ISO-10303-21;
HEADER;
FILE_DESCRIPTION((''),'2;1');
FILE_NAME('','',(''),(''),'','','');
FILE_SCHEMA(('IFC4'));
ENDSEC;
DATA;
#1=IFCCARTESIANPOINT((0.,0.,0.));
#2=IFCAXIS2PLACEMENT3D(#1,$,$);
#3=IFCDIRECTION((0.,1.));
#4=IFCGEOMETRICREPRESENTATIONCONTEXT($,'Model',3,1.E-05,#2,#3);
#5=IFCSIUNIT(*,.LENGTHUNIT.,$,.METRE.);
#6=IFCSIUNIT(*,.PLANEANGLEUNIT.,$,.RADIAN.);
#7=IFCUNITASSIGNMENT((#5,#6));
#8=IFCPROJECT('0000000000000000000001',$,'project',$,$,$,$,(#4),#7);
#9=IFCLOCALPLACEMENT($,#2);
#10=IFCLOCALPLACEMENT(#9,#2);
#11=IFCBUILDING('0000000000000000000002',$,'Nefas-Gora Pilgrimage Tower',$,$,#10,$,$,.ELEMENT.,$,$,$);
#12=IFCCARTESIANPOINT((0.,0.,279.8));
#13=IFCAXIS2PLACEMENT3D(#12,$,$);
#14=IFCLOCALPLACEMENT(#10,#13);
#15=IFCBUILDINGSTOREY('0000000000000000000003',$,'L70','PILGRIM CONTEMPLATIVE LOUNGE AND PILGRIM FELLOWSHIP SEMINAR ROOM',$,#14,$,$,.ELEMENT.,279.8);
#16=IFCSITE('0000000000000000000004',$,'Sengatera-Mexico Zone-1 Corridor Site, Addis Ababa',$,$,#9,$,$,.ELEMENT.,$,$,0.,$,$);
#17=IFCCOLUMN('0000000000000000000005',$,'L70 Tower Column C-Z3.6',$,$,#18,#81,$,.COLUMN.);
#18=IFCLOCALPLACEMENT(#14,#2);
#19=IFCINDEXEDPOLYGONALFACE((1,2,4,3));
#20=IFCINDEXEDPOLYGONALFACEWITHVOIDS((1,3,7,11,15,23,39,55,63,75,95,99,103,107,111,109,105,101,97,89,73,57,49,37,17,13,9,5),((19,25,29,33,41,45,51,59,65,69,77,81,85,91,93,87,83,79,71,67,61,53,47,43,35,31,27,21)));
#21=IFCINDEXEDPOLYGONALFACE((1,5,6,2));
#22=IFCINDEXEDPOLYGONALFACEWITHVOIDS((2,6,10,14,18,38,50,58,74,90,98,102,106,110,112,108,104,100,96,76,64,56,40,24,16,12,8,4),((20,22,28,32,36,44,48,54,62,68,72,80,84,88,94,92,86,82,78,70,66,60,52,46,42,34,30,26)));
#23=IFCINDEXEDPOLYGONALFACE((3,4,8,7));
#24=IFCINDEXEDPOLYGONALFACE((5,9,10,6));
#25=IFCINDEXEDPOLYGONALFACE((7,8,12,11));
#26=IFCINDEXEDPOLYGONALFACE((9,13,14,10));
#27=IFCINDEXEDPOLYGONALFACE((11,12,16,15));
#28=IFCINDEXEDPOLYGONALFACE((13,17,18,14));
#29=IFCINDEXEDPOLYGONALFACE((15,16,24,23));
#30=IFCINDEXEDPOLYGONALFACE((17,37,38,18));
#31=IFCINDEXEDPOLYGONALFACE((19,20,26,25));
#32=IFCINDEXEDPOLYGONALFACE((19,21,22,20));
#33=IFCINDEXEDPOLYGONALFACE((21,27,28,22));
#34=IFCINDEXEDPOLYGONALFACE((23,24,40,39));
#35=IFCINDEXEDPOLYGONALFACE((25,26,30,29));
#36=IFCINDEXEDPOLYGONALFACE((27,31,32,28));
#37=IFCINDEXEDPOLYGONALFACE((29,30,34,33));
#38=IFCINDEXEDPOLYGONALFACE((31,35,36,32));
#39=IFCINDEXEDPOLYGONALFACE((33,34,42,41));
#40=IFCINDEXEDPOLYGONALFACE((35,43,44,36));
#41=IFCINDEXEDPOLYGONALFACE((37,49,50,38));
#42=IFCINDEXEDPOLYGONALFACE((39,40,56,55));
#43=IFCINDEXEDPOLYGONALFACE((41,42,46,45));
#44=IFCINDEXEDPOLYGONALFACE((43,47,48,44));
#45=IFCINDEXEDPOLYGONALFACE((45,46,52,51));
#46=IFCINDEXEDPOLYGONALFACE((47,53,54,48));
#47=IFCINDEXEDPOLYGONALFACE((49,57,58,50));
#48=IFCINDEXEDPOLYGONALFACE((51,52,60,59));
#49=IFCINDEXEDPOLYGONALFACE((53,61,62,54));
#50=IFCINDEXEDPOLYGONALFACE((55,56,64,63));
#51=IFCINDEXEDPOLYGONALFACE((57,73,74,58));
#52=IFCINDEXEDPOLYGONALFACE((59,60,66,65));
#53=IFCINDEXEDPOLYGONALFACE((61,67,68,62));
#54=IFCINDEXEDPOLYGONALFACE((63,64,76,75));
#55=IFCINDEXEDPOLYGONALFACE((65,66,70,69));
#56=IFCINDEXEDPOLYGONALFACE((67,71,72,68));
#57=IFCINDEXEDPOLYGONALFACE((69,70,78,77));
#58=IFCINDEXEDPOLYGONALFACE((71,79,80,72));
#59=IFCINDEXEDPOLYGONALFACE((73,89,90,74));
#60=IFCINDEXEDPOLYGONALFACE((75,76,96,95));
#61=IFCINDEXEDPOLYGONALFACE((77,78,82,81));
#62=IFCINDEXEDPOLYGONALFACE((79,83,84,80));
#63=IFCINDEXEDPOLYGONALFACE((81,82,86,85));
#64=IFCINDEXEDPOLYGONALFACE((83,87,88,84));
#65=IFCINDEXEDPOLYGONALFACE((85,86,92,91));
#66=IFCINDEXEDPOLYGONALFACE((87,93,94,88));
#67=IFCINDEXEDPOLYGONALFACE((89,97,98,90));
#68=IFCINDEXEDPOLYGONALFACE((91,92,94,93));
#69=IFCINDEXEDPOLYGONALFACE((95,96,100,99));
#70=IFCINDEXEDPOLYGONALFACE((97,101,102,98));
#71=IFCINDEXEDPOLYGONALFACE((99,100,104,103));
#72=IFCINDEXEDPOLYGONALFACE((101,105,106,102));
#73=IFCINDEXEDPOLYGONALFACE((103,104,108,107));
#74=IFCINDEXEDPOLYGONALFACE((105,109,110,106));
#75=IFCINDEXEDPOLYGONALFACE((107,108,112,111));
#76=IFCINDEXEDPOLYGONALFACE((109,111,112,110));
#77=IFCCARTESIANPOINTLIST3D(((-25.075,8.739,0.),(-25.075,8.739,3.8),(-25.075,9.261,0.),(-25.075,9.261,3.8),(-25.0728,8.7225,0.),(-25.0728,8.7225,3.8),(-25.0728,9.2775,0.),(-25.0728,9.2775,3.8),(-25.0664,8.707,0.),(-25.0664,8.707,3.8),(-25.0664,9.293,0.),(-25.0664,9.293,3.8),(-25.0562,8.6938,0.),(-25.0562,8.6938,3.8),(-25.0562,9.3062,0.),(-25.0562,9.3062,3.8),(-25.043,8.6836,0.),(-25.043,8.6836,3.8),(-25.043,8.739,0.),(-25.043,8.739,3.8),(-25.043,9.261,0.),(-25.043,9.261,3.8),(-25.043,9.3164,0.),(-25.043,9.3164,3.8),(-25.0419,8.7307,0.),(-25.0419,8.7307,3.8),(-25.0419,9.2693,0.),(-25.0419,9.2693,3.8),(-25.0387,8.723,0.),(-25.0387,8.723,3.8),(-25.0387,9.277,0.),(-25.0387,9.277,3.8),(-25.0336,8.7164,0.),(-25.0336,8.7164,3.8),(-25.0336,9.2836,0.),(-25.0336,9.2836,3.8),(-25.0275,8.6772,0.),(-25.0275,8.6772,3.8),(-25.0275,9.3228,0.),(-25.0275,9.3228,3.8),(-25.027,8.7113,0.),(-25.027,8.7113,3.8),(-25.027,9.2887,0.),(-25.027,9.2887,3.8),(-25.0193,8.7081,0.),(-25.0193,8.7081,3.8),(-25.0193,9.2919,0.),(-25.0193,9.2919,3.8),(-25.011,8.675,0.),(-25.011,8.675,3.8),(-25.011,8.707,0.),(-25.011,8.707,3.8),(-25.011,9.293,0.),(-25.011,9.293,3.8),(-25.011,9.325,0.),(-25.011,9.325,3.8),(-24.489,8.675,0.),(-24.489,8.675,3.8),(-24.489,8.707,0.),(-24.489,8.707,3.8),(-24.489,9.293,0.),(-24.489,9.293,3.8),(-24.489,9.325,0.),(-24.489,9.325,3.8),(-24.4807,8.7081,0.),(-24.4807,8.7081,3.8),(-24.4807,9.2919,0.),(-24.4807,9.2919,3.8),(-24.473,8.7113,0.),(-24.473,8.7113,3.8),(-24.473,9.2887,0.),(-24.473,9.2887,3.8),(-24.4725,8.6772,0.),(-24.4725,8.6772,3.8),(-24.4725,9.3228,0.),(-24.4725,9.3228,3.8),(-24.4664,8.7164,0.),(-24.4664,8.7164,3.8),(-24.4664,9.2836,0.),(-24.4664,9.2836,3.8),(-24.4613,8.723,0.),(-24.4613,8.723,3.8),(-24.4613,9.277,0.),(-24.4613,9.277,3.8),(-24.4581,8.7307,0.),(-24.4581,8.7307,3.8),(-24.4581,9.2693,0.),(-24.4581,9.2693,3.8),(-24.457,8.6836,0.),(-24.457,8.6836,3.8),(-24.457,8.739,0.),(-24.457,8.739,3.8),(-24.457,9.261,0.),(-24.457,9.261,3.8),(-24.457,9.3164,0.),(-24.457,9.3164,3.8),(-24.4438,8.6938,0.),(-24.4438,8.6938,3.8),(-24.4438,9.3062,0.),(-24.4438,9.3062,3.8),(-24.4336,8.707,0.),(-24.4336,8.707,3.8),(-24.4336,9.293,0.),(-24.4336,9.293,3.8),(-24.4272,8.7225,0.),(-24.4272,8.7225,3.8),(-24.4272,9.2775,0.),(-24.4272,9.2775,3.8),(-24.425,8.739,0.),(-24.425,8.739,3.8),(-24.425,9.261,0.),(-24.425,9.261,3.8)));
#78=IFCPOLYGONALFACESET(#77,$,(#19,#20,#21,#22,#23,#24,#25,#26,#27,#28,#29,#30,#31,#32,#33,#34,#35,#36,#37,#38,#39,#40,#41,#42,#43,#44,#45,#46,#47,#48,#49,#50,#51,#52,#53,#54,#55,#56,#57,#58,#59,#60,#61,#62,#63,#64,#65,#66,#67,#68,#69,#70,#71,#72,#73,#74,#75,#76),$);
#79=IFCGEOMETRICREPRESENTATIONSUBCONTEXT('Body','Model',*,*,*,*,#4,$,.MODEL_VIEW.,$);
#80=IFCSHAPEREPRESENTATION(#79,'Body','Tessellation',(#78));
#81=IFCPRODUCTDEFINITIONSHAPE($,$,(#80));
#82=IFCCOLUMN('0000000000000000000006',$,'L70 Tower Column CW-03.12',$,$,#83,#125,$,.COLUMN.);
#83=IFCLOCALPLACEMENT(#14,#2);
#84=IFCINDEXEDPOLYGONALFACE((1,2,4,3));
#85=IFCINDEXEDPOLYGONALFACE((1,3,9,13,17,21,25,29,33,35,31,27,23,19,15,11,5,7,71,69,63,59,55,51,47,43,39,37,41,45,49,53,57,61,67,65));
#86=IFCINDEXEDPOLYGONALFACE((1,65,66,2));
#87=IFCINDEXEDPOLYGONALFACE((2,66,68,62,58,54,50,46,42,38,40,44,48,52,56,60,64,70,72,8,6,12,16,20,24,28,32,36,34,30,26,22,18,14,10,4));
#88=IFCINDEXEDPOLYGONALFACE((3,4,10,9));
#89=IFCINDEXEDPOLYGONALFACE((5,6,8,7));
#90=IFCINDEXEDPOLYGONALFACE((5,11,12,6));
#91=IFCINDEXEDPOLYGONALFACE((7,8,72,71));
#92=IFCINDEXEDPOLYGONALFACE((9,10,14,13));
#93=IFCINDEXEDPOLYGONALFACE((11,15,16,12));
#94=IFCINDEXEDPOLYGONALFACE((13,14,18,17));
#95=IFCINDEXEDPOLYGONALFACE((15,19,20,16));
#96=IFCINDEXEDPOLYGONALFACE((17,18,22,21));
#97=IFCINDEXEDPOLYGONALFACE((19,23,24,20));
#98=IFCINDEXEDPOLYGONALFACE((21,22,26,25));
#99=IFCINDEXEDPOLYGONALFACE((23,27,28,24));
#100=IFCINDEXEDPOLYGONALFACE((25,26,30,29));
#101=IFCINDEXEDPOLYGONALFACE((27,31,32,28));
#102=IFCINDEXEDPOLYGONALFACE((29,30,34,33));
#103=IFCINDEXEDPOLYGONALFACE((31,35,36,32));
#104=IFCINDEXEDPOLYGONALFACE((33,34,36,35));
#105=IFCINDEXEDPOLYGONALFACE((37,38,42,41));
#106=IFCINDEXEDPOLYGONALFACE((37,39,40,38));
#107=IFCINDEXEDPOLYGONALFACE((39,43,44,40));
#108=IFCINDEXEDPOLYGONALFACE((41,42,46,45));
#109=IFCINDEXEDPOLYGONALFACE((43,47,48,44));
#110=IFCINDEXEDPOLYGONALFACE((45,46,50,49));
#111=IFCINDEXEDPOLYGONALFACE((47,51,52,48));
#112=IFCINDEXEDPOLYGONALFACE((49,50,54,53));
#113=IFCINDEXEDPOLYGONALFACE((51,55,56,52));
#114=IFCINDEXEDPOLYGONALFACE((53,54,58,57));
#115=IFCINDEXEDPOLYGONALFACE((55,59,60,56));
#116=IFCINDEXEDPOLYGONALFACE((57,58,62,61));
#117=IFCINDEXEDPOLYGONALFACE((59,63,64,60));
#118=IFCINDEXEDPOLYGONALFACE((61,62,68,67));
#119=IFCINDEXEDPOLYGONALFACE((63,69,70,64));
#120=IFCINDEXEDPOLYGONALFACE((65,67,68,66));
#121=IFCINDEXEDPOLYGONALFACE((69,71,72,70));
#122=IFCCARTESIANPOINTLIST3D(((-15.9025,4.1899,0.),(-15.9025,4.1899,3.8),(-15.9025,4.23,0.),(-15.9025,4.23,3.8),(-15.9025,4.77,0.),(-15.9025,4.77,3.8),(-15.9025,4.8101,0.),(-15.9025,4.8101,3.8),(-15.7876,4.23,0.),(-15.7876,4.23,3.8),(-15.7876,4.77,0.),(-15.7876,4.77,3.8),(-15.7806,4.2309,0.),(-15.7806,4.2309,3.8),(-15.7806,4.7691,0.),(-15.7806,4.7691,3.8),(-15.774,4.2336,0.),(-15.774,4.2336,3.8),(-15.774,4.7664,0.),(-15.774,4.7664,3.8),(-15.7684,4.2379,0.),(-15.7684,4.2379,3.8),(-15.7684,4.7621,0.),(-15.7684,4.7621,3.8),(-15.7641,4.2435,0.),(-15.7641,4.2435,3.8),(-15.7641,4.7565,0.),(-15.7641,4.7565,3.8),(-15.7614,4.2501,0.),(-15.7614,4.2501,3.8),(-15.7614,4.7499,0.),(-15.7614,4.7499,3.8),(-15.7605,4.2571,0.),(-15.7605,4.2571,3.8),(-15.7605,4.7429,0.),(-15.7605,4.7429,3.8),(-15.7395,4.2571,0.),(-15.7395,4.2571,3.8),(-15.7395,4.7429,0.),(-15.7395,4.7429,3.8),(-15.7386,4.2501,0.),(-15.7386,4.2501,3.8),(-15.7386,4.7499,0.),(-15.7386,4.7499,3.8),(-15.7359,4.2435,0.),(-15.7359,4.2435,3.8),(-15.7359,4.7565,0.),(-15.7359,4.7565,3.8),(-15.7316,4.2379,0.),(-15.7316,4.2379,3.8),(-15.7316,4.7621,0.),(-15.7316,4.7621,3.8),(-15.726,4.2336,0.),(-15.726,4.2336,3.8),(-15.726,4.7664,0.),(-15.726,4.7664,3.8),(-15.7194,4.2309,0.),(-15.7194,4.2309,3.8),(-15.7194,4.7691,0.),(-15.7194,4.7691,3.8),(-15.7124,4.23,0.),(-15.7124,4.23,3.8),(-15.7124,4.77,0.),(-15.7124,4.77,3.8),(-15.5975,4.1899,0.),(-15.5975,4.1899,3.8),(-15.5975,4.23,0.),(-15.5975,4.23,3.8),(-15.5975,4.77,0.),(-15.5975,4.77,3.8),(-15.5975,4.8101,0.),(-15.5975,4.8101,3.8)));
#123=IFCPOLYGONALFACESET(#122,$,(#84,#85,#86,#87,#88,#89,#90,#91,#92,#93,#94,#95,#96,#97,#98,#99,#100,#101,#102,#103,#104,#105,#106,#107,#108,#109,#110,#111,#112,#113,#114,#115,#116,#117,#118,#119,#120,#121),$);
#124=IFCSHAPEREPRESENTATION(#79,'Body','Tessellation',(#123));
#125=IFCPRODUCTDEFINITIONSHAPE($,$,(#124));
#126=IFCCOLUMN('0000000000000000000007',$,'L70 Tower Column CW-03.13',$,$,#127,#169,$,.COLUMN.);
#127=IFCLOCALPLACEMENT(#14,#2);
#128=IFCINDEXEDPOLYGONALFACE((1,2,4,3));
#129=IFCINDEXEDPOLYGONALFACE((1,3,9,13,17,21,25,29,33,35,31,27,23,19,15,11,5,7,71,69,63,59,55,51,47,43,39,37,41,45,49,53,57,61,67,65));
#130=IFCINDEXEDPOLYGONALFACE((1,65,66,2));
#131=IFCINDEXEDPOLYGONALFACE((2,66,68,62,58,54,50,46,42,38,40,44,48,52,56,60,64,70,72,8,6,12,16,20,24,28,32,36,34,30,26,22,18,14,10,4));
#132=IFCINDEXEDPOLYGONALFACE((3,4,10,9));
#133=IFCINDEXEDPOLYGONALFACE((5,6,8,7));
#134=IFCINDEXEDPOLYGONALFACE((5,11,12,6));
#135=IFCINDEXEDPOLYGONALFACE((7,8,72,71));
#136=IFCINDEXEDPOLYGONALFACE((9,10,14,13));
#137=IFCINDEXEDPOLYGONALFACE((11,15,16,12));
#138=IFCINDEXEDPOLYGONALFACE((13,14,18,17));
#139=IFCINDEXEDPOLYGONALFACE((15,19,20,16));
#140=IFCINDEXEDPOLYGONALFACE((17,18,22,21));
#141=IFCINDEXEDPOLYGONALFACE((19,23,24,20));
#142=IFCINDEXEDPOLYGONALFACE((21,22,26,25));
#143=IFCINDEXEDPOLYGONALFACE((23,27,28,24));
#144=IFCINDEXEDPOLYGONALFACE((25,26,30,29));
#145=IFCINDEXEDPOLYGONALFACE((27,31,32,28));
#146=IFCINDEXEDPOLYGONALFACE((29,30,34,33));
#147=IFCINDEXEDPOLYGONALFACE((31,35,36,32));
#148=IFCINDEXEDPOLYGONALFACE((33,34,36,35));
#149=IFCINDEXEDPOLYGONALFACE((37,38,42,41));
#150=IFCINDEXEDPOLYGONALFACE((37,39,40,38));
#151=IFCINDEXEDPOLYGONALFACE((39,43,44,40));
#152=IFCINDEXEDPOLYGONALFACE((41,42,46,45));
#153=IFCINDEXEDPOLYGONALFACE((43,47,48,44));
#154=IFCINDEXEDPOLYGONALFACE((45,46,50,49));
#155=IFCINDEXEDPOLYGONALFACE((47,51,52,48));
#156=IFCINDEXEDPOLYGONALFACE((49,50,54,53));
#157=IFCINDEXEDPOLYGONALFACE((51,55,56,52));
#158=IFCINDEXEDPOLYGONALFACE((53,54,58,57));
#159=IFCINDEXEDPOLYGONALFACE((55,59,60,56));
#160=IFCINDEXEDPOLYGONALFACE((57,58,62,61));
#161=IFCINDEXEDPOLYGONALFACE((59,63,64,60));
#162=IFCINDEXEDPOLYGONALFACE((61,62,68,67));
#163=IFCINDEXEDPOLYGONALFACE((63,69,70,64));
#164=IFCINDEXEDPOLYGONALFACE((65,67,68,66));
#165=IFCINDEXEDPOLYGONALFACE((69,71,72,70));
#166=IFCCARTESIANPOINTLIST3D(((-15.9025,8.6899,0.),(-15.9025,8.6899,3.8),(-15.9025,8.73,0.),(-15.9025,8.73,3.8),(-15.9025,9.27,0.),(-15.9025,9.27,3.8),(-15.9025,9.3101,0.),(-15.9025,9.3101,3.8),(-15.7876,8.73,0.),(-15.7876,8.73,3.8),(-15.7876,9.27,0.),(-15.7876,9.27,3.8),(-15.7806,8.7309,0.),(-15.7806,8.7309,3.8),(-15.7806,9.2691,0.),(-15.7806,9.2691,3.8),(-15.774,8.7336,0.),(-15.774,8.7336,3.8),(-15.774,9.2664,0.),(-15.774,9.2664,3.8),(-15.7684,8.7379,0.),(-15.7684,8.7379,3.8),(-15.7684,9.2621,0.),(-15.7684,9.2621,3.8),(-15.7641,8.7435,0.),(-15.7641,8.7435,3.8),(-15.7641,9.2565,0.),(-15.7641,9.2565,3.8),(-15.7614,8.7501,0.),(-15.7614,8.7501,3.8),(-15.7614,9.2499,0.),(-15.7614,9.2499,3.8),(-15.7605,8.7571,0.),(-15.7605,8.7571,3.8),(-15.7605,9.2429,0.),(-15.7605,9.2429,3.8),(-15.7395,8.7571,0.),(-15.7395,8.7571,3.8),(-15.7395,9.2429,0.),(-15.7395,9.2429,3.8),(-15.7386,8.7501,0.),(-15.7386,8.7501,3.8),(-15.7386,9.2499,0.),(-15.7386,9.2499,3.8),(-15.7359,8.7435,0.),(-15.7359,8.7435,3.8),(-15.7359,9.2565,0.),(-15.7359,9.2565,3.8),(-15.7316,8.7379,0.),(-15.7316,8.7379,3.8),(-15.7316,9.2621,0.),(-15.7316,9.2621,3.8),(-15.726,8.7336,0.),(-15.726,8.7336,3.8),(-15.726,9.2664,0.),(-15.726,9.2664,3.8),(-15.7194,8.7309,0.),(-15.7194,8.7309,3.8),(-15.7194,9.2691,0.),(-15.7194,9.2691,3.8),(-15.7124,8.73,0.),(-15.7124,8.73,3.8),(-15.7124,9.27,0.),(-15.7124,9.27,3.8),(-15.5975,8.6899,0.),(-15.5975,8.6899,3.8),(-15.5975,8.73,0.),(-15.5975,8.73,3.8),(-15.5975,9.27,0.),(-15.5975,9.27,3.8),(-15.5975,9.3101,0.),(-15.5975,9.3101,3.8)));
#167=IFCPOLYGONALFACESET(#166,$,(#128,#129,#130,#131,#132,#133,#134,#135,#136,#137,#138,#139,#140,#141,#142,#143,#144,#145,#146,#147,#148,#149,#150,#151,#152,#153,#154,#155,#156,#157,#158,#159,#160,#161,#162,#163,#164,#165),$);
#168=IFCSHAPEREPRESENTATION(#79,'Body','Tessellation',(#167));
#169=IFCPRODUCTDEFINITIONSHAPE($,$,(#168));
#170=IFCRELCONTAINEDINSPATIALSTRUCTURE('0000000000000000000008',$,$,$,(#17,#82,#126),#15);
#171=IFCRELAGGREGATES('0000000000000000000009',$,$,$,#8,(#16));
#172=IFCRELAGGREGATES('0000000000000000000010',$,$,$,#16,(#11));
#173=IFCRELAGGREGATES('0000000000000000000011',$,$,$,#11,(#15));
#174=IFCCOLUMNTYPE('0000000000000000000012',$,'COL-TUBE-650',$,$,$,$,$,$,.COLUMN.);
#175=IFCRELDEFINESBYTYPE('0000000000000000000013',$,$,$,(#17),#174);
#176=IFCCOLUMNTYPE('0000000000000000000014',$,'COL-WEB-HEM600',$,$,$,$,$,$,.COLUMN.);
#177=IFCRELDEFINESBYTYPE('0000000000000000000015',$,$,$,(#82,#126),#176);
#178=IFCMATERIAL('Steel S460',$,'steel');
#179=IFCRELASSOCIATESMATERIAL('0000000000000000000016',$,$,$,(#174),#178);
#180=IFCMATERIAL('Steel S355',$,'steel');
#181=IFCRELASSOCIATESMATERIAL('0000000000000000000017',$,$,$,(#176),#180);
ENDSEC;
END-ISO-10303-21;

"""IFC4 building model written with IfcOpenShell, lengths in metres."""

from ifc_helpers import new_model, si_unit, direction, frame, origin, origin_2d, place, context, subcontext, project, spatial, hollow_rectangle, i_section, extrude, source, transform, mapped, material, material_profile, profile_set, type_object, element, save


model = new_model("IFC4")

# Units and contexts
model_context = context("Model", 3, precision=1e-05, world=origin(), true_north=direction((0.0, 1.0)))
body_context = subcontext(model_context, "Body", "Model", "MODEL_VIEW")
ifc_project = project(units=[si_unit("LENGTHUNIT", "METRE"), si_unit("PLANEANGLEUNIT", "RADIAN")], contexts=[model_context])

# Site, building, storey
site_placement = place(None, origin())
site = spatial("IfcSite", under=ifc_project, at=site_placement, Name="Sengatera-Mexico Zone-1 Corridor Site, Addis Ababa", CompositionType="ELEMENT", RefElevation=0.0)
building_placement = place(site_placement, origin())
building = spatial("IfcBuilding", under=site, at=building_placement, Name="Nefas-Gora Pilgrimage Tower", CompositionType="ELEMENT")
storey_placement = place(building_placement, frame((0.0, 0.0, 279.8)))
storey = spatial("IfcBuildingStorey", under=building, at=storey_placement, Name="L70", Description="PILGRIM CONTEMPLATIVE LOUNGE AND PILGRIM FELLOWSHIP SEMINAR ROOM", CompositionType="ELEMENT", Elevation=279.8)

# Columns
ifc_material_1 = material(Name="Steel S460", Category="steel")
ifc_material_profile_1 = material_profile(ifc_material_1, hollow_rectangle(XDim=0.6499, YDim=0.6499, WallThickness=0.032, InnerFilletRadius=0.032, OuterFilletRadius=0.064, at=origin_2d()), Name="BOX 650x650x32")
ifc_profile_set_1 = profile_set([ifc_material_profile_1], Name="Steel S460")
column_type_1 = type_object("IfcColumnType", Name="COL-TUBE-650", PredefinedType="COLUMN", material=ifc_profile_set_1)
shared_shape_1 = source(origin(), body_context, "Body", "SweptSolid", [
    extrude(hollow_rectangle(XDim=0.6499, YDim=0.6499, WallThickness=0.032, InnerFilletRadius=0.032, OuterFilletRadius=0.064, at=origin_2d()), origin(), (0.0, 0.0, 1.0), 3.8),
])
for number, where, z_axis, x_axis, name in (
    (1, (-24.75, 9.0, 0.0), (0.0, 0.0, 1.0), (1.0, 0.0, 0.0), "L70 Tower Column C-Z3.6"),
):
    element("IfcColumn", number, at=place(storey_placement, frame(where, z_axis=z_axis, x_axis=x_axis)), inside=storey, type_object=column_type_1, Name=name, PredefinedType="COLUMN", context=body_context, shape_type="MappedRepresentation", body=[
        mapped(shared_shape_1, transform((0.0, 0.0, 0.0), x_axis=(1.0, 0.0, 0.0), y_axis=(0.0, 1.0, 0.0), z_axis=(0.0, 0.0, 1.0), scale=1.0)),
    ])
ifc_material_2 = material(Name="Steel S355", Category="steel")
ifc_material_profile_2 = material_profile(ifc_material_2, i_section(OverallWidth=0.3049, OverallDepth=0.6201, WebThickness=0.021, FlangeThickness=0.04, FilletRadius=0.0271, at=origin_2d()), Name="HEM 600")
ifc_profile_set_2 = profile_set([ifc_material_profile_2], Name="Steel S355")
column_type_2 = type_object("IfcColumnType", Name="COL-WEB-HEM600", PredefinedType="COLUMN", material=ifc_profile_set_2)
shared_shape_2 = source(origin(), body_context, "Body", "SweptSolid", [
    extrude(i_section(OverallWidth=0.3049, OverallDepth=0.6201, WebThickness=0.021, FlangeThickness=0.04, FilletRadius=0.0271, at=origin_2d()), origin(), (0.0, 0.0, 1.0), 3.8),
])
for number, where, z_axis, x_axis, name in (
    (2, (-15.75, 4.5, 0.0), (0.0, 0.0, 1.0), (1.0, 0.0, 0.0), "L70 Tower Column CW-03.12"),
    (3, (-15.75, 9.0, 0.0), (0.0, 0.0, 1.0), (1.0, 0.0, 0.0), "L70 Tower Column CW-03.13"),
):
    element("IfcColumn", number, at=place(storey_placement, frame(where, z_axis=z_axis, x_axis=x_axis)), inside=storey, type_object=column_type_2, Name=name, PredefinedType="COLUMN", context=body_context, shape_type="MappedRepresentation", body=[
        mapped(shared_shape_2, transform((0.0, 0.0, 0.0), x_axis=(1.0, 0.0, 0.0), y_axis=(0.0, 1.0, 0.0), z_axis=(0.0, 0.0, 1.0), scale=1.0)),
    ])

save(model, "model.ifc")
